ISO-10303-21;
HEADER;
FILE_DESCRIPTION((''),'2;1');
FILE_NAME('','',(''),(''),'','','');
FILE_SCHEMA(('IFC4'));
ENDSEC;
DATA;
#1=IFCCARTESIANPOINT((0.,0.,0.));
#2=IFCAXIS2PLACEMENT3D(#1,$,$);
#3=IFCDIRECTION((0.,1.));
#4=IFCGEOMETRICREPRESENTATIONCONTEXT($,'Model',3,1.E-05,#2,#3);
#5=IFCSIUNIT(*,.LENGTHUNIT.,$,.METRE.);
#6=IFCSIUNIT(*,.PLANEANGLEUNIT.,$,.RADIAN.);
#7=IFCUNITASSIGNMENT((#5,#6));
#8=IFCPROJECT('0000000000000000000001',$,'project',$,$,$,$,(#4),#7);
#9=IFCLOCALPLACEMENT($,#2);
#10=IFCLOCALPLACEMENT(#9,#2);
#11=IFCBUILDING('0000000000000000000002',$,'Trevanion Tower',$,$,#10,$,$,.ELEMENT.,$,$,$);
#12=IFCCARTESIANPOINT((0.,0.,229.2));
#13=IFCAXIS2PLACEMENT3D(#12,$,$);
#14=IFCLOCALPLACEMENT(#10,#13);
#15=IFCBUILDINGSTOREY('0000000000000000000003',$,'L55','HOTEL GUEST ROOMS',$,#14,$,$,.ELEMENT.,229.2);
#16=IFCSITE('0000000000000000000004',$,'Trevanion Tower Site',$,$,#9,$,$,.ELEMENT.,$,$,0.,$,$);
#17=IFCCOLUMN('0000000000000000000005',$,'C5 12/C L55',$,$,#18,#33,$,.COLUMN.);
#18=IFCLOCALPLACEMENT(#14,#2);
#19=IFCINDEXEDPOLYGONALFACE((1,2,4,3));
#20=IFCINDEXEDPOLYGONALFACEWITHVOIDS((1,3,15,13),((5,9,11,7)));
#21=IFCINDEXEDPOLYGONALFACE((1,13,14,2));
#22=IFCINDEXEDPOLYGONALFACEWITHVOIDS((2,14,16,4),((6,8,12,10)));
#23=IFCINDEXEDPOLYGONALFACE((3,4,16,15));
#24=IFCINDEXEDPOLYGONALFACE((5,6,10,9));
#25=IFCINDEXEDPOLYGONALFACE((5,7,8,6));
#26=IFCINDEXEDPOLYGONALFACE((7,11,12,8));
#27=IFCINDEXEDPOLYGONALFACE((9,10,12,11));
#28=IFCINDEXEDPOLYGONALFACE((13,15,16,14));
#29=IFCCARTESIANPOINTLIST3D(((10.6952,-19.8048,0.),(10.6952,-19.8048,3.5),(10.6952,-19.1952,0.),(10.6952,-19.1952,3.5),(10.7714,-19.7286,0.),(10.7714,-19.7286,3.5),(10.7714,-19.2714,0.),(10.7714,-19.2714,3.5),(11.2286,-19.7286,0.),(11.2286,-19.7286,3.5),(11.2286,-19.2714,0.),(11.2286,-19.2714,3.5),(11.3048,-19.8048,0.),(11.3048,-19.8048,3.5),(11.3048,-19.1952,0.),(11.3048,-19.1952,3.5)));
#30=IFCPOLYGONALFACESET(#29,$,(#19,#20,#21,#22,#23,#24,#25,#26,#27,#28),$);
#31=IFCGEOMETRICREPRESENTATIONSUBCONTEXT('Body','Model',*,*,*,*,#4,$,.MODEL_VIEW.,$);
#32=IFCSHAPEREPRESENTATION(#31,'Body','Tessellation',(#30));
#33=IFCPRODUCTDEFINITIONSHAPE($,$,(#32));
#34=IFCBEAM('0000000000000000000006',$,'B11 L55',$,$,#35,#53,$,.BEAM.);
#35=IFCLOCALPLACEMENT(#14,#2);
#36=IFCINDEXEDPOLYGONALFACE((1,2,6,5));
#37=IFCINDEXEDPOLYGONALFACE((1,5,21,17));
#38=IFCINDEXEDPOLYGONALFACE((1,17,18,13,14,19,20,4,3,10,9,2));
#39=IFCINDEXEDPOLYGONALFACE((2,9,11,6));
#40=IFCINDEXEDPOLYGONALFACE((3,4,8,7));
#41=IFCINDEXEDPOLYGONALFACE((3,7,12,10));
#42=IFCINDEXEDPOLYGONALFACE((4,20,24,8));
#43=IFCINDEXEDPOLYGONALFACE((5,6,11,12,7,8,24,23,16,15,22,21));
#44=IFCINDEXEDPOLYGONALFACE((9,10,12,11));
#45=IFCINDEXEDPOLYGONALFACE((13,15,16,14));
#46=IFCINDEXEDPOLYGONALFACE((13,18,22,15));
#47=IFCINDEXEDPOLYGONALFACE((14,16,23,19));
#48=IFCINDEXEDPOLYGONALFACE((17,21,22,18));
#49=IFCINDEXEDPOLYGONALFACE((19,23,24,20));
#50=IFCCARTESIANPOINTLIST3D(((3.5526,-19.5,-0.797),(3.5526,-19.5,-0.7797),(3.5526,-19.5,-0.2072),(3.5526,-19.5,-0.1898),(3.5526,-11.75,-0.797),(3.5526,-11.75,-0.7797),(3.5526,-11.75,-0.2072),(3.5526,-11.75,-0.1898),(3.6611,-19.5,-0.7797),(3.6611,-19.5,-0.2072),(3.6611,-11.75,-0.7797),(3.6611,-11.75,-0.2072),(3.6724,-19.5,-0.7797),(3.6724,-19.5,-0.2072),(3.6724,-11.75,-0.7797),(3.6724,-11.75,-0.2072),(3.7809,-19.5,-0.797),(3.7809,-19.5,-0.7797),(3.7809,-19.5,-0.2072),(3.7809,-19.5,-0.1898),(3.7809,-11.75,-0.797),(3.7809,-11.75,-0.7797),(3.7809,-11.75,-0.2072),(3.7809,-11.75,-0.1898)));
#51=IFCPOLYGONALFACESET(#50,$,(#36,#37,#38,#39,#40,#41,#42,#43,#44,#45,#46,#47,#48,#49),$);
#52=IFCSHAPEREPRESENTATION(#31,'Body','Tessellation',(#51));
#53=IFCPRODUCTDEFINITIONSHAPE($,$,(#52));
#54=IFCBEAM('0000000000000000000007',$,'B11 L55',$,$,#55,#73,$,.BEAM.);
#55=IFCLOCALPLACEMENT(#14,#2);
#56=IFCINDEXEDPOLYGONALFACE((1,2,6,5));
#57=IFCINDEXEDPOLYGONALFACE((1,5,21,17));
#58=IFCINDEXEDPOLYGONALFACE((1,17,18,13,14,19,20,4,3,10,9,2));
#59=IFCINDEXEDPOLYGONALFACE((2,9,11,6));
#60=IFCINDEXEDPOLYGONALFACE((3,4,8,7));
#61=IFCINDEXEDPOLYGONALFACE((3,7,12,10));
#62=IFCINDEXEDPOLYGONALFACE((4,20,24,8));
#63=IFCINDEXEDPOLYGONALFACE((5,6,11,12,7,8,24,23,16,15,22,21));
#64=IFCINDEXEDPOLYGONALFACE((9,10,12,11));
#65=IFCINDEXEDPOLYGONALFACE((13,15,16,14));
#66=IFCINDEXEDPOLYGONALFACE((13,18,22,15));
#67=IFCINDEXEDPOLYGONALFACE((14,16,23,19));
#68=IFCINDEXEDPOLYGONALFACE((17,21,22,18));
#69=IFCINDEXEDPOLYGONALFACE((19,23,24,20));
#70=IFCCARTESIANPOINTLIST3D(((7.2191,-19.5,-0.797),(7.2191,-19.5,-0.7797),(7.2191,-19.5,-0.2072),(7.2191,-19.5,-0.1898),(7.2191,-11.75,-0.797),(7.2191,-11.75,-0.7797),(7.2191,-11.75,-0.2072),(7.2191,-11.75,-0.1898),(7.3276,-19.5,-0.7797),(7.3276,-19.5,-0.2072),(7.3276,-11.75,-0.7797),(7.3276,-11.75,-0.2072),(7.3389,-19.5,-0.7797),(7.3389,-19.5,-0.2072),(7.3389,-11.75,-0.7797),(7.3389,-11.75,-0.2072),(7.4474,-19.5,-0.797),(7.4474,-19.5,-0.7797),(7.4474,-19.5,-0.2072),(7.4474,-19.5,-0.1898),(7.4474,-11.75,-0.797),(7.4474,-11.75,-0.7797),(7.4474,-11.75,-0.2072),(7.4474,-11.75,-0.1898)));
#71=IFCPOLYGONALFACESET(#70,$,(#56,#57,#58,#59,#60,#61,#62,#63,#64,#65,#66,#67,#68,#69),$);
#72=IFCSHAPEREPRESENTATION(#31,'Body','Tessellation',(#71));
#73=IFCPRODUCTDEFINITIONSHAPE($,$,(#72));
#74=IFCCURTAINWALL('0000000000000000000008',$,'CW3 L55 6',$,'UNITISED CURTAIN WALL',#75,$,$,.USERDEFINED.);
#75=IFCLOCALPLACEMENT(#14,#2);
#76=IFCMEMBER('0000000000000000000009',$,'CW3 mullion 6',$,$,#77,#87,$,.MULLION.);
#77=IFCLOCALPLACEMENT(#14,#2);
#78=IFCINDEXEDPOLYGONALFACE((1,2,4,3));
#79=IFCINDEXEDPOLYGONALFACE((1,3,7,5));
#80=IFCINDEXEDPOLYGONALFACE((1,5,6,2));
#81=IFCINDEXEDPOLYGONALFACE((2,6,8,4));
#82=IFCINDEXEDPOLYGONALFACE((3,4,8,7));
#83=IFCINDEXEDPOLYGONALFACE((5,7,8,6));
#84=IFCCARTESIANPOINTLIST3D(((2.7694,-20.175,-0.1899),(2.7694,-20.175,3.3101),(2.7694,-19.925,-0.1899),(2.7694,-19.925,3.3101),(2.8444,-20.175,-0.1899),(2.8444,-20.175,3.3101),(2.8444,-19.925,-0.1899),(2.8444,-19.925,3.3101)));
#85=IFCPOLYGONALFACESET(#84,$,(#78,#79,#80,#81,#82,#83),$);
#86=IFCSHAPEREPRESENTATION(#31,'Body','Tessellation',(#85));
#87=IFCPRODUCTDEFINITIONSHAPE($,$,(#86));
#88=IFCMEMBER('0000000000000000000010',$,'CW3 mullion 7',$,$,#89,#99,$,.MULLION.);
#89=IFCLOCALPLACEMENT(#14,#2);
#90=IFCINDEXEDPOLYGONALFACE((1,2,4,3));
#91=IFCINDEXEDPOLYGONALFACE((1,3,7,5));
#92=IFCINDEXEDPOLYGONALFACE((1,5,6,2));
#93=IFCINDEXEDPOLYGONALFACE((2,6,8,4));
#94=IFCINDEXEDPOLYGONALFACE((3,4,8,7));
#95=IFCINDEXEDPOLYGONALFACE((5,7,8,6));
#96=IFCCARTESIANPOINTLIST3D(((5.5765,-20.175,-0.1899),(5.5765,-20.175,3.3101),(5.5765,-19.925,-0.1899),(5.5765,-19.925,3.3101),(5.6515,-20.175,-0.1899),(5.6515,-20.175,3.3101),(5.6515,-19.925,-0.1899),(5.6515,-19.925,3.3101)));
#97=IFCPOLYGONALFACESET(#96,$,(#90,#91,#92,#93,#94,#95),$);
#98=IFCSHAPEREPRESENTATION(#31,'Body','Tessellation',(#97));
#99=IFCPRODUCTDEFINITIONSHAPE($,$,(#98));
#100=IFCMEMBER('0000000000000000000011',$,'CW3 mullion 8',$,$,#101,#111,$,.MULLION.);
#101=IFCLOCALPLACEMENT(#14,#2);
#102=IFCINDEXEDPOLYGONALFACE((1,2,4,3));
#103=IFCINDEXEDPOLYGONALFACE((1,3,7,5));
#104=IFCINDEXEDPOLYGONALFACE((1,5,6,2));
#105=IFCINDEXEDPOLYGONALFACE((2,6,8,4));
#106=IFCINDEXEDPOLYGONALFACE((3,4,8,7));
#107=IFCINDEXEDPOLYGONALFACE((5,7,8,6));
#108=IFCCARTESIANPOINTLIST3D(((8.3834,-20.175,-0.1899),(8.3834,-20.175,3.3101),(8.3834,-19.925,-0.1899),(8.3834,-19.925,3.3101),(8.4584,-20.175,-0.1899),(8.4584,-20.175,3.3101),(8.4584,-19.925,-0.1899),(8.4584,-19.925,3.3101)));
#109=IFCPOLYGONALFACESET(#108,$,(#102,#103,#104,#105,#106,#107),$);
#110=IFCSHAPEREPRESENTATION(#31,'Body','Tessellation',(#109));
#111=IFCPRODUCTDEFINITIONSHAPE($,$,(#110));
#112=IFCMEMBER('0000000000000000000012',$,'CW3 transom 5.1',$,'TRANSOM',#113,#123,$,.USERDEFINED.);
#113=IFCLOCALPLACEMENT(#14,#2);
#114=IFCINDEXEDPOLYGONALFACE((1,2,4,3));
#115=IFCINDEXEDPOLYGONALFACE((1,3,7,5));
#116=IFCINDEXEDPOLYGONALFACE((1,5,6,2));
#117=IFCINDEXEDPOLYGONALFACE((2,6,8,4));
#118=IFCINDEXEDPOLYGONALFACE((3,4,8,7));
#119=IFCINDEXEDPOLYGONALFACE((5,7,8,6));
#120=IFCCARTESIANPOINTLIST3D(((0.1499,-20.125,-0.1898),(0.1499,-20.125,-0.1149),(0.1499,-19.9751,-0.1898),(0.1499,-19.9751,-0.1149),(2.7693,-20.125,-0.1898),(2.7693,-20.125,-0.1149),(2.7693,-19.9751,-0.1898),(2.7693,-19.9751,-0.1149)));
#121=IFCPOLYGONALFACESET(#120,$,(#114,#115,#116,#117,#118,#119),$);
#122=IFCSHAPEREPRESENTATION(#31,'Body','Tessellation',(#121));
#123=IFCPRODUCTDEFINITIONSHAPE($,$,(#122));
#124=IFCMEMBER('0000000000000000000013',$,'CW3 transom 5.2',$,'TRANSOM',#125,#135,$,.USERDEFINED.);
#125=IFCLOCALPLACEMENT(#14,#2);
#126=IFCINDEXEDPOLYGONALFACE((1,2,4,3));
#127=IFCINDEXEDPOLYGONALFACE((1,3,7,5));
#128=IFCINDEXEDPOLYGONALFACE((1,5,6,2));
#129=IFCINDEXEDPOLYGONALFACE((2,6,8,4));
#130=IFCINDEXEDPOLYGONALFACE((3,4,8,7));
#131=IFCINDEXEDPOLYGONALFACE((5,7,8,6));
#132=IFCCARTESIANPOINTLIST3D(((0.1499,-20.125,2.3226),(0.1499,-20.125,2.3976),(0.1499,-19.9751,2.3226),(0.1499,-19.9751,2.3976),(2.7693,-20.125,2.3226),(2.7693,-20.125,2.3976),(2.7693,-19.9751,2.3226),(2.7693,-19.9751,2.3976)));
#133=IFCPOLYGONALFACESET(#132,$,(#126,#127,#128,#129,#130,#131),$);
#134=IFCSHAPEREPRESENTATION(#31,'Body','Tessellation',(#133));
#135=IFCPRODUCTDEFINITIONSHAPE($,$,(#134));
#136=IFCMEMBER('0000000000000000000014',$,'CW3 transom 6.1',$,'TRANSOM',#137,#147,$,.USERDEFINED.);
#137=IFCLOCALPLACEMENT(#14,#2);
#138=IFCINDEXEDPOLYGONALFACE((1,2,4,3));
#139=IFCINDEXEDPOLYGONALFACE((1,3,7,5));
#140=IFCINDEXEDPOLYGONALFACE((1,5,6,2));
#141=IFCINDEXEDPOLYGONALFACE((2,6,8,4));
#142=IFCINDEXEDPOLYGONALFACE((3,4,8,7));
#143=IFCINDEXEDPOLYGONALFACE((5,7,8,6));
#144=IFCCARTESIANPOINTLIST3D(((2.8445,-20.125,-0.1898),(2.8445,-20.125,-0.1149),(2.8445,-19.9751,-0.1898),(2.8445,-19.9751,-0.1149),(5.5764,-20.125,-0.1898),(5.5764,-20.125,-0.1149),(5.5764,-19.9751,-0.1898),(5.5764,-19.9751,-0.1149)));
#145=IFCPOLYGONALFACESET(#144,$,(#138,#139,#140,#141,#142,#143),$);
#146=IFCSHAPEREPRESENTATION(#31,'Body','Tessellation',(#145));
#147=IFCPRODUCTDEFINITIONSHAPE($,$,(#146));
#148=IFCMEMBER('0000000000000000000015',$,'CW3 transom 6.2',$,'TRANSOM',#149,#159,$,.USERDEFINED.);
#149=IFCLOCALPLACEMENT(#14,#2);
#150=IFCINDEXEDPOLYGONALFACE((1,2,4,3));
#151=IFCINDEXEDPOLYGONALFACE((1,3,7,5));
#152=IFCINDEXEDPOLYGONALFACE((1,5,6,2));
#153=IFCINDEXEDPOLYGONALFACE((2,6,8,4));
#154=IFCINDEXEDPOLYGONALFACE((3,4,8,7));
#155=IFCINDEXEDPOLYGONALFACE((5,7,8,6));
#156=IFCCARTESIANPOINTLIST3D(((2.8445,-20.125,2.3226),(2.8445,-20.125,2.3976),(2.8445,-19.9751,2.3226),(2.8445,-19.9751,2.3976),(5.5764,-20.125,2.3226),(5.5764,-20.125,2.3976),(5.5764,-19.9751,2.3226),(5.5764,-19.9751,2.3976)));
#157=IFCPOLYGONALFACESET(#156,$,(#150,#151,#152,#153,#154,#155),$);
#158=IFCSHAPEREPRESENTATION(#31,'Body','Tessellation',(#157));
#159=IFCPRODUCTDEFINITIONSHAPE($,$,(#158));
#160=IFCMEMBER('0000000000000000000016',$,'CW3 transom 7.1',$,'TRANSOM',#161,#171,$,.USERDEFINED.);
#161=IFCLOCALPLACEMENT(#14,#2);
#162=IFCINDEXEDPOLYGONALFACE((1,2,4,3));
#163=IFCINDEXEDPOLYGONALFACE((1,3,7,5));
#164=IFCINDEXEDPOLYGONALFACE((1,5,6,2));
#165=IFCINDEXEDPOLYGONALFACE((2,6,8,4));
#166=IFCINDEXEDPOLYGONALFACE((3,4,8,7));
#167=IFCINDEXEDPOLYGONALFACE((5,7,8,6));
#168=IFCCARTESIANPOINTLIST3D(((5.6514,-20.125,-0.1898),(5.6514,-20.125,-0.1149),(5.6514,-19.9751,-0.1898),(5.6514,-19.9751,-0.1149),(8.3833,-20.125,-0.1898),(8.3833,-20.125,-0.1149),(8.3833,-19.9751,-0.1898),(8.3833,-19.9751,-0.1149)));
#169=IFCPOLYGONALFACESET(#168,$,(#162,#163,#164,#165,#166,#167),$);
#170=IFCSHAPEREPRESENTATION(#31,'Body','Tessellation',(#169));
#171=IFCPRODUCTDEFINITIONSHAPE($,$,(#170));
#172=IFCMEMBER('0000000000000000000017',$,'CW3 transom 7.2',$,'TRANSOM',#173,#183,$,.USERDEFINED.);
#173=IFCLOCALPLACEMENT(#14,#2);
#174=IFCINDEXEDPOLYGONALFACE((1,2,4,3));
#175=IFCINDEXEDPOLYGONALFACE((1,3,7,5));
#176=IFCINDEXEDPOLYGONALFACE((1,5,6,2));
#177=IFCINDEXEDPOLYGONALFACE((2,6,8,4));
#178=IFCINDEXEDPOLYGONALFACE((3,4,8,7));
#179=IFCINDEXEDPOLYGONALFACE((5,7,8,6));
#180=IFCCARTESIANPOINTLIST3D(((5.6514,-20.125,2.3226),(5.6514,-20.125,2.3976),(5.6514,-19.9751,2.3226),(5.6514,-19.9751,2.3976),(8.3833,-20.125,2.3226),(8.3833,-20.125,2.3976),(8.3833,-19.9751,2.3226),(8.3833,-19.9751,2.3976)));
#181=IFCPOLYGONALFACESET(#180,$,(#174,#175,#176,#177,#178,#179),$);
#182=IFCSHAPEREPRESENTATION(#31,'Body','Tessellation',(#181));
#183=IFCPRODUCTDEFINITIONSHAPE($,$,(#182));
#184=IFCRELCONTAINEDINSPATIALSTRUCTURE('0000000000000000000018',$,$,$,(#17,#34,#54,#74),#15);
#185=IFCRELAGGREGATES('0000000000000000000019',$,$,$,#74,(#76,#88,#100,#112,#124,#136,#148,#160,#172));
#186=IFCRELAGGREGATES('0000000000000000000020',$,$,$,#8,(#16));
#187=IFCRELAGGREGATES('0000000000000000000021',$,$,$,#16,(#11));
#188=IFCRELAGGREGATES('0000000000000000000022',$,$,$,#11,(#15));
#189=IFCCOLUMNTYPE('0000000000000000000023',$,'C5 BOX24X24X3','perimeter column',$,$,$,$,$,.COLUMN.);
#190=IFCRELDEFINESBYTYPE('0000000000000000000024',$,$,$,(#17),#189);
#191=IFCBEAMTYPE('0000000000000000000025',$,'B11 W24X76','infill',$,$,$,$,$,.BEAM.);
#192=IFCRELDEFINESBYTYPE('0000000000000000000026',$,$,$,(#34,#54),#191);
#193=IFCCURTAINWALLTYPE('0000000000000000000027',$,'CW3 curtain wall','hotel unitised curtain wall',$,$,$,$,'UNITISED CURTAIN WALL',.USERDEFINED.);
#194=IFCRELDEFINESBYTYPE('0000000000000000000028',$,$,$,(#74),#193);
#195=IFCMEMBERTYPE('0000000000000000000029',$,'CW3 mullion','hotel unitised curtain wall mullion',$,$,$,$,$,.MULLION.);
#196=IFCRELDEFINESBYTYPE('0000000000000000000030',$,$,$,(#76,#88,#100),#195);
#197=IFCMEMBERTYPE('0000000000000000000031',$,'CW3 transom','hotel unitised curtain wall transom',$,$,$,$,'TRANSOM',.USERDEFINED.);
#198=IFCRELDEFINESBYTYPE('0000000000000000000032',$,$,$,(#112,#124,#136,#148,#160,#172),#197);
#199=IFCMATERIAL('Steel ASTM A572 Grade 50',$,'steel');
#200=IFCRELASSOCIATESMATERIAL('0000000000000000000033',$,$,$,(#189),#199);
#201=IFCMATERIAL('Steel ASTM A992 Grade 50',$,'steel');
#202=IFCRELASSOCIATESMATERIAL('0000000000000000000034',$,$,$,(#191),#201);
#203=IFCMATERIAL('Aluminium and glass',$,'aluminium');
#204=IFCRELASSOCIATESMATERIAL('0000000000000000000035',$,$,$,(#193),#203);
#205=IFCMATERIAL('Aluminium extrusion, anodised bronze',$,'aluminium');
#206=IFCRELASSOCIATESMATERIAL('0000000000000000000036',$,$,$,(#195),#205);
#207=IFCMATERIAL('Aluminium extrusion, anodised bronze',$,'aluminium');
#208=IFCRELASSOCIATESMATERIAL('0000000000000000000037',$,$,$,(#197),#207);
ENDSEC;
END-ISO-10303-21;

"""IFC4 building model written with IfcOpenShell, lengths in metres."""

from ifc_helpers import new_model, si_unit, direction, frame, origin, origin_2d, place, context, subcontext, project, spatial, rectangle, hollow_rectangle, i_section, extrude, material, material_profile, profile_set, type_object, element, aggregate, save


model = new_model("IFC4")

# Units and contexts
model_context = context("Model", 3, precision=1e-05, world=origin(), true_north=direction((0.0, 1.0)))
body_context = subcontext(model_context, "Body", "Model", "MODEL_VIEW")
ifc_project = project(units=[si_unit("LENGTHUNIT", "METRE"), si_unit("PLANEANGLEUNIT", "RADIAN")], contexts=[model_context])

# Site, building, storey
site_placement = place(None, origin())
site = spatial("IfcSite", under=ifc_project, at=site_placement, Name="Trevanion Tower Site", CompositionType="ELEMENT", RefElevation=0.0)
building_placement = place(site_placement, origin())
building = spatial("IfcBuilding", under=site, at=building_placement, Name="Trevanion Tower", CompositionType="ELEMENT")
storey_placement = place(building_placement, frame((0.0, 0.0, 229.2)))
storey = spatial("IfcBuildingStorey", under=building, at=storey_placement, Name="L55", Description="HOTEL GUEST ROOMS", CompositionType="ELEMENT", Elevation=229.2)

# Column
ifc_material_1 = material(Name="Steel ASTM A572 Grade 50", Category="steel")
ifc_material_profile_1 = material_profile(ifc_material_1, hollow_rectangle(XDim=0.6096, YDim=0.6096, WallThickness=0.0762, at=origin_2d()), Name="BOX24X24X3")
ifc_profile_set_1 = profile_set([ifc_material_profile_1], Name="Steel ASTM A572 Grade 50")
column_type = type_object("IfcColumnType", Name="C5 BOX24X24X3", Description="perimeter column", PredefinedType="COLUMN", material=ifc_profile_set_1)
column_placement = place(storey_placement, frame((11.0, -19.5, 0.0), z_axis=(0.0, 0.0, 1.0), x_axis=(1.0, 0.0, 0.0)))
element("IfcColumn", 1, at=column_placement, inside=storey, type_object=column_type, Name="C5 12/C L55", PredefinedType="COLUMN", context=body_context, shape_type="SweptSolid", body=[
    extrude(hollow_rectangle(XDim=0.6096, YDim=0.6096, WallThickness=0.0762, at=origin_2d()), origin(), (0.0, 0.0, 1.0), 3.5),
])

# Beams
ifc_material_2 = material(Name="Steel ASTM A992 Grade 50", Category="steel")
ifc_material_profile_2 = material_profile(ifc_material_2, i_section(OverallWidth=0.2283, OverallDepth=0.6072, WebThickness=0.0112, FlangeThickness=0.0173, at=origin_2d()), Name="W24X76")
ifc_profile_set_2 = profile_set([ifc_material_profile_2], Name="Steel ASTM A992 Grade 50")
beam_type_1 = type_object("IfcBeamType", Name="B11 W24X76", Description="infill", PredefinedType="BEAM", material=ifc_profile_set_2)
for number, where, z_axis, x_axis, name in (
    (2, (3.6667, -11.75, -0.4934), (0.0, -1.0, 0.0), (1.0, 0.0, 0.0), "B11 L55"),
    (3, (7.3333, -11.75, -0.4934), (0.0, -1.0, 0.0), (1.0, 0.0, 0.0), "B11 L55"),
):
    element("IfcBeam", number, at=place(storey_placement, frame(where, z_axis=z_axis, x_axis=x_axis)), inside=storey, type_object=beam_type_1, Name=name, PredefinedType="BEAM", context=body_context, shape_type="SweptSolid", body=[
        extrude(i_section(OverallWidth=0.2283, OverallDepth=0.6072, WebThickness=0.0112, FlangeThickness=0.0173, at=origin_2d()), origin(), (0.0, 0.0, 1.0), 7.75),
    ])

# Curtain wall, members
ifc_material_3 = material(Name="Aluminium and glass", Category="aluminium")
curtain_wall_type = type_object("IfcCurtainWallType", Name="CW3 curtain wall", Description="hotel unitised curtain wall", ElementType="UNITISED CURTAIN WALL", PredefinedType="USERDEFINED", material=ifc_material_3)
curtain_wall_placement = place(storey_placement, origin())
curtain_wall = element("IfcCurtainWall", 4, at=curtain_wall_placement, inside=storey, type_object=curtain_wall_type, Name="CW3 L55 6", ObjectType="UNITISED CURTAIN WALL", PredefinedType="USERDEFINED")
ifc_material_4 = material(Name="Aluminium extrusion, anodised bronze", Category="aluminium")
ifc_material_profile_3 = material_profile(ifc_material_4, rectangle(XDim=0.075, YDim=0.25, at=origin_2d()), Name="CW3 mullion")
ifc_profile_set_3 = profile_set([ifc_material_profile_3], Name="Aluminium extrusion, anodised bronze")
member_type_1 = type_object("IfcMemberType", Name="CW3 mullion", Description="hotel unitised curtain wall mullion", PredefinedType="MULLION", material=ifc_profile_set_3)
member_1_placement = place(storey_placement, frame((2.8069, -20.05, -0.1899), z_axis=(0.0, 0.0, 1.0), x_axis=(1.0, 0.0, 0.0)))
member_1 = element("IfcMember", 5, at=member_1_placement, type_object=member_type_1, Name="CW3 mullion 6", PredefinedType="MULLION", context=body_context, shape_type="SweptSolid", body=[
    extrude(rectangle(XDim=0.075, YDim=0.25, at=origin_2d()), origin(), (0.0, 0.0, 1.0), 3.5),
])
member_2_placement = place(storey_placement, frame((5.614, -20.05, -0.1899), z_axis=(0.0, 0.0, 1.0), x_axis=(1.0, 0.0, 0.0)))
member_2 = element("IfcMember", 6, at=member_2_placement, type_object=member_type_1, Name="CW3 mullion 7", PredefinedType="MULLION", context=body_context, shape_type="SweptSolid", body=[
    extrude(rectangle(XDim=0.075, YDim=0.25, at=origin_2d()), origin(), (0.0, 0.0, 1.0), 3.5),
])
member_3_placement = place(storey_placement, frame((8.4209, -20.05, -0.1899), z_axis=(0.0, 0.0, 1.0), x_axis=(1.0, 0.0, 0.0)))
member_3 = element("IfcMember", 7, at=member_3_placement, type_object=member_type_1, Name="CW3 mullion 8", PredefinedType="MULLION", context=body_context, shape_type="SweptSolid", body=[
    extrude(rectangle(XDim=0.075, YDim=0.25, at=origin_2d()), origin(), (0.0, 0.0, 1.0), 3.5),
])
ifc_material_5 = material(Name="Aluminium extrusion, anodised bronze", Category="aluminium")
ifc_material_profile_4 = material_profile(ifc_material_5, rectangle(XDim=0.1499, YDim=0.075, at=origin_2d()), Name="CW3 transom")
ifc_profile_set_4 = profile_set([ifc_material_profile_4], Name="Aluminium extrusion, anodised bronze")
member_type_2 = type_object("IfcMemberType", Name="CW3 transom", Description="hotel unitised curtain wall transom", ElementType="TRANSOM", PredefinedType="USERDEFINED", material=ifc_profile_set_4)
member_4_placement = place(storey_placement, frame((0.1499, -20.05, -0.1523), z_axis=(1.0, 0.0, 0.0), x_axis=(0.0, 1.0, 0.0)))
member_4 = element("IfcMember", 8, at=member_4_placement, type_object=member_type_2, Name="CW3 transom 5.1", ObjectType="TRANSOM", PredefinedType="USERDEFINED", context=body_context, shape_type="SweptSolid", body=[
    extrude(rectangle(XDim=0.1499, YDim=0.075, at=origin_2d()), origin(), (0.0, 0.0, 1.0), 2.6194),
])
member_5_placement = place(storey_placement, frame((0.1499, -20.05, 2.3601), z_axis=(1.0, 0.0, 0.0), x_axis=(0.0, 1.0, 0.0)))
member_5 = element("IfcMember", 9, at=member_5_placement, type_object=member_type_2, Name="CW3 transom 5.2", ObjectType="TRANSOM", PredefinedType="USERDEFINED", context=body_context, shape_type="SweptSolid", body=[
    extrude(rectangle(XDim=0.1499, YDim=0.075, at=origin_2d()), origin(), (0.0, 0.0, 1.0), 2.6194),
])
member_6_placement = place(storey_placement, frame((2.8445, -20.05, -0.1523), z_axis=(1.0, 0.0, 0.0), x_axis=(0.0, 1.0, 0.0)))
member_6 = element("IfcMember", 10, at=member_6_placement, type_object=member_type_2, Name="CW3 transom 6.1", ObjectType="TRANSOM", PredefinedType="USERDEFINED", context=body_context, shape_type="SweptSolid", body=[
    extrude(rectangle(XDim=0.1499, YDim=0.075, at=origin_2d()), origin(), (0.0, 0.0, 1.0), 2.7319),
])
member_7_placement = place(storey_placement, frame((2.8445, -20.05, 2.3601), z_axis=(1.0, 0.0, 0.0), x_axis=(0.0, 1.0, 0.0)))
member_7 = element("IfcMember", 11, at=member_7_placement, type_object=member_type_2, Name="CW3 transom 6.2", ObjectType="TRANSOM", PredefinedType="USERDEFINED", context=body_context, shape_type="SweptSolid", body=[
    extrude(rectangle(XDim=0.1499, YDim=0.075, at=origin_2d()), origin(), (0.0, 0.0, 1.0), 2.7319),
])
member_8_placement = place(storey_placement, frame((5.6514, -20.05, -0.1523), z_axis=(1.0, 0.0, 0.0), x_axis=(0.0, 1.0, 0.0)))
member_8 = element("IfcMember", 12, at=member_8_placement, type_object=member_type_2, Name="CW3 transom 7.1", ObjectType="TRANSOM", PredefinedType="USERDEFINED", context=body_context, shape_type="SweptSolid", body=[
    extrude(rectangle(XDim=0.1499, YDim=0.075, at=origin_2d()), origin(), (0.0, 0.0, 1.0), 2.7319),
])
member_9_placement = place(storey_placement, frame((5.6514, -20.05, 2.3601), z_axis=(1.0, 0.0, 0.0), x_axis=(0.0, 1.0, 0.0)))
member_9 = element("IfcMember", 13, at=member_9_placement, type_object=member_type_2, Name="CW3 transom 7.2", ObjectType="TRANSOM", PredefinedType="USERDEFINED", context=body_context, shape_type="SweptSolid", body=[
    extrude(rectangle(XDim=0.1499, YDim=0.075, at=origin_2d()), origin(), (0.0, 0.0, 1.0), 2.7319),
])

aggregate(curtain_wall, [member_1, member_2, member_3, member_4, member_5, member_6, member_7, member_8, member_9])

save(model, "model.ifc")
